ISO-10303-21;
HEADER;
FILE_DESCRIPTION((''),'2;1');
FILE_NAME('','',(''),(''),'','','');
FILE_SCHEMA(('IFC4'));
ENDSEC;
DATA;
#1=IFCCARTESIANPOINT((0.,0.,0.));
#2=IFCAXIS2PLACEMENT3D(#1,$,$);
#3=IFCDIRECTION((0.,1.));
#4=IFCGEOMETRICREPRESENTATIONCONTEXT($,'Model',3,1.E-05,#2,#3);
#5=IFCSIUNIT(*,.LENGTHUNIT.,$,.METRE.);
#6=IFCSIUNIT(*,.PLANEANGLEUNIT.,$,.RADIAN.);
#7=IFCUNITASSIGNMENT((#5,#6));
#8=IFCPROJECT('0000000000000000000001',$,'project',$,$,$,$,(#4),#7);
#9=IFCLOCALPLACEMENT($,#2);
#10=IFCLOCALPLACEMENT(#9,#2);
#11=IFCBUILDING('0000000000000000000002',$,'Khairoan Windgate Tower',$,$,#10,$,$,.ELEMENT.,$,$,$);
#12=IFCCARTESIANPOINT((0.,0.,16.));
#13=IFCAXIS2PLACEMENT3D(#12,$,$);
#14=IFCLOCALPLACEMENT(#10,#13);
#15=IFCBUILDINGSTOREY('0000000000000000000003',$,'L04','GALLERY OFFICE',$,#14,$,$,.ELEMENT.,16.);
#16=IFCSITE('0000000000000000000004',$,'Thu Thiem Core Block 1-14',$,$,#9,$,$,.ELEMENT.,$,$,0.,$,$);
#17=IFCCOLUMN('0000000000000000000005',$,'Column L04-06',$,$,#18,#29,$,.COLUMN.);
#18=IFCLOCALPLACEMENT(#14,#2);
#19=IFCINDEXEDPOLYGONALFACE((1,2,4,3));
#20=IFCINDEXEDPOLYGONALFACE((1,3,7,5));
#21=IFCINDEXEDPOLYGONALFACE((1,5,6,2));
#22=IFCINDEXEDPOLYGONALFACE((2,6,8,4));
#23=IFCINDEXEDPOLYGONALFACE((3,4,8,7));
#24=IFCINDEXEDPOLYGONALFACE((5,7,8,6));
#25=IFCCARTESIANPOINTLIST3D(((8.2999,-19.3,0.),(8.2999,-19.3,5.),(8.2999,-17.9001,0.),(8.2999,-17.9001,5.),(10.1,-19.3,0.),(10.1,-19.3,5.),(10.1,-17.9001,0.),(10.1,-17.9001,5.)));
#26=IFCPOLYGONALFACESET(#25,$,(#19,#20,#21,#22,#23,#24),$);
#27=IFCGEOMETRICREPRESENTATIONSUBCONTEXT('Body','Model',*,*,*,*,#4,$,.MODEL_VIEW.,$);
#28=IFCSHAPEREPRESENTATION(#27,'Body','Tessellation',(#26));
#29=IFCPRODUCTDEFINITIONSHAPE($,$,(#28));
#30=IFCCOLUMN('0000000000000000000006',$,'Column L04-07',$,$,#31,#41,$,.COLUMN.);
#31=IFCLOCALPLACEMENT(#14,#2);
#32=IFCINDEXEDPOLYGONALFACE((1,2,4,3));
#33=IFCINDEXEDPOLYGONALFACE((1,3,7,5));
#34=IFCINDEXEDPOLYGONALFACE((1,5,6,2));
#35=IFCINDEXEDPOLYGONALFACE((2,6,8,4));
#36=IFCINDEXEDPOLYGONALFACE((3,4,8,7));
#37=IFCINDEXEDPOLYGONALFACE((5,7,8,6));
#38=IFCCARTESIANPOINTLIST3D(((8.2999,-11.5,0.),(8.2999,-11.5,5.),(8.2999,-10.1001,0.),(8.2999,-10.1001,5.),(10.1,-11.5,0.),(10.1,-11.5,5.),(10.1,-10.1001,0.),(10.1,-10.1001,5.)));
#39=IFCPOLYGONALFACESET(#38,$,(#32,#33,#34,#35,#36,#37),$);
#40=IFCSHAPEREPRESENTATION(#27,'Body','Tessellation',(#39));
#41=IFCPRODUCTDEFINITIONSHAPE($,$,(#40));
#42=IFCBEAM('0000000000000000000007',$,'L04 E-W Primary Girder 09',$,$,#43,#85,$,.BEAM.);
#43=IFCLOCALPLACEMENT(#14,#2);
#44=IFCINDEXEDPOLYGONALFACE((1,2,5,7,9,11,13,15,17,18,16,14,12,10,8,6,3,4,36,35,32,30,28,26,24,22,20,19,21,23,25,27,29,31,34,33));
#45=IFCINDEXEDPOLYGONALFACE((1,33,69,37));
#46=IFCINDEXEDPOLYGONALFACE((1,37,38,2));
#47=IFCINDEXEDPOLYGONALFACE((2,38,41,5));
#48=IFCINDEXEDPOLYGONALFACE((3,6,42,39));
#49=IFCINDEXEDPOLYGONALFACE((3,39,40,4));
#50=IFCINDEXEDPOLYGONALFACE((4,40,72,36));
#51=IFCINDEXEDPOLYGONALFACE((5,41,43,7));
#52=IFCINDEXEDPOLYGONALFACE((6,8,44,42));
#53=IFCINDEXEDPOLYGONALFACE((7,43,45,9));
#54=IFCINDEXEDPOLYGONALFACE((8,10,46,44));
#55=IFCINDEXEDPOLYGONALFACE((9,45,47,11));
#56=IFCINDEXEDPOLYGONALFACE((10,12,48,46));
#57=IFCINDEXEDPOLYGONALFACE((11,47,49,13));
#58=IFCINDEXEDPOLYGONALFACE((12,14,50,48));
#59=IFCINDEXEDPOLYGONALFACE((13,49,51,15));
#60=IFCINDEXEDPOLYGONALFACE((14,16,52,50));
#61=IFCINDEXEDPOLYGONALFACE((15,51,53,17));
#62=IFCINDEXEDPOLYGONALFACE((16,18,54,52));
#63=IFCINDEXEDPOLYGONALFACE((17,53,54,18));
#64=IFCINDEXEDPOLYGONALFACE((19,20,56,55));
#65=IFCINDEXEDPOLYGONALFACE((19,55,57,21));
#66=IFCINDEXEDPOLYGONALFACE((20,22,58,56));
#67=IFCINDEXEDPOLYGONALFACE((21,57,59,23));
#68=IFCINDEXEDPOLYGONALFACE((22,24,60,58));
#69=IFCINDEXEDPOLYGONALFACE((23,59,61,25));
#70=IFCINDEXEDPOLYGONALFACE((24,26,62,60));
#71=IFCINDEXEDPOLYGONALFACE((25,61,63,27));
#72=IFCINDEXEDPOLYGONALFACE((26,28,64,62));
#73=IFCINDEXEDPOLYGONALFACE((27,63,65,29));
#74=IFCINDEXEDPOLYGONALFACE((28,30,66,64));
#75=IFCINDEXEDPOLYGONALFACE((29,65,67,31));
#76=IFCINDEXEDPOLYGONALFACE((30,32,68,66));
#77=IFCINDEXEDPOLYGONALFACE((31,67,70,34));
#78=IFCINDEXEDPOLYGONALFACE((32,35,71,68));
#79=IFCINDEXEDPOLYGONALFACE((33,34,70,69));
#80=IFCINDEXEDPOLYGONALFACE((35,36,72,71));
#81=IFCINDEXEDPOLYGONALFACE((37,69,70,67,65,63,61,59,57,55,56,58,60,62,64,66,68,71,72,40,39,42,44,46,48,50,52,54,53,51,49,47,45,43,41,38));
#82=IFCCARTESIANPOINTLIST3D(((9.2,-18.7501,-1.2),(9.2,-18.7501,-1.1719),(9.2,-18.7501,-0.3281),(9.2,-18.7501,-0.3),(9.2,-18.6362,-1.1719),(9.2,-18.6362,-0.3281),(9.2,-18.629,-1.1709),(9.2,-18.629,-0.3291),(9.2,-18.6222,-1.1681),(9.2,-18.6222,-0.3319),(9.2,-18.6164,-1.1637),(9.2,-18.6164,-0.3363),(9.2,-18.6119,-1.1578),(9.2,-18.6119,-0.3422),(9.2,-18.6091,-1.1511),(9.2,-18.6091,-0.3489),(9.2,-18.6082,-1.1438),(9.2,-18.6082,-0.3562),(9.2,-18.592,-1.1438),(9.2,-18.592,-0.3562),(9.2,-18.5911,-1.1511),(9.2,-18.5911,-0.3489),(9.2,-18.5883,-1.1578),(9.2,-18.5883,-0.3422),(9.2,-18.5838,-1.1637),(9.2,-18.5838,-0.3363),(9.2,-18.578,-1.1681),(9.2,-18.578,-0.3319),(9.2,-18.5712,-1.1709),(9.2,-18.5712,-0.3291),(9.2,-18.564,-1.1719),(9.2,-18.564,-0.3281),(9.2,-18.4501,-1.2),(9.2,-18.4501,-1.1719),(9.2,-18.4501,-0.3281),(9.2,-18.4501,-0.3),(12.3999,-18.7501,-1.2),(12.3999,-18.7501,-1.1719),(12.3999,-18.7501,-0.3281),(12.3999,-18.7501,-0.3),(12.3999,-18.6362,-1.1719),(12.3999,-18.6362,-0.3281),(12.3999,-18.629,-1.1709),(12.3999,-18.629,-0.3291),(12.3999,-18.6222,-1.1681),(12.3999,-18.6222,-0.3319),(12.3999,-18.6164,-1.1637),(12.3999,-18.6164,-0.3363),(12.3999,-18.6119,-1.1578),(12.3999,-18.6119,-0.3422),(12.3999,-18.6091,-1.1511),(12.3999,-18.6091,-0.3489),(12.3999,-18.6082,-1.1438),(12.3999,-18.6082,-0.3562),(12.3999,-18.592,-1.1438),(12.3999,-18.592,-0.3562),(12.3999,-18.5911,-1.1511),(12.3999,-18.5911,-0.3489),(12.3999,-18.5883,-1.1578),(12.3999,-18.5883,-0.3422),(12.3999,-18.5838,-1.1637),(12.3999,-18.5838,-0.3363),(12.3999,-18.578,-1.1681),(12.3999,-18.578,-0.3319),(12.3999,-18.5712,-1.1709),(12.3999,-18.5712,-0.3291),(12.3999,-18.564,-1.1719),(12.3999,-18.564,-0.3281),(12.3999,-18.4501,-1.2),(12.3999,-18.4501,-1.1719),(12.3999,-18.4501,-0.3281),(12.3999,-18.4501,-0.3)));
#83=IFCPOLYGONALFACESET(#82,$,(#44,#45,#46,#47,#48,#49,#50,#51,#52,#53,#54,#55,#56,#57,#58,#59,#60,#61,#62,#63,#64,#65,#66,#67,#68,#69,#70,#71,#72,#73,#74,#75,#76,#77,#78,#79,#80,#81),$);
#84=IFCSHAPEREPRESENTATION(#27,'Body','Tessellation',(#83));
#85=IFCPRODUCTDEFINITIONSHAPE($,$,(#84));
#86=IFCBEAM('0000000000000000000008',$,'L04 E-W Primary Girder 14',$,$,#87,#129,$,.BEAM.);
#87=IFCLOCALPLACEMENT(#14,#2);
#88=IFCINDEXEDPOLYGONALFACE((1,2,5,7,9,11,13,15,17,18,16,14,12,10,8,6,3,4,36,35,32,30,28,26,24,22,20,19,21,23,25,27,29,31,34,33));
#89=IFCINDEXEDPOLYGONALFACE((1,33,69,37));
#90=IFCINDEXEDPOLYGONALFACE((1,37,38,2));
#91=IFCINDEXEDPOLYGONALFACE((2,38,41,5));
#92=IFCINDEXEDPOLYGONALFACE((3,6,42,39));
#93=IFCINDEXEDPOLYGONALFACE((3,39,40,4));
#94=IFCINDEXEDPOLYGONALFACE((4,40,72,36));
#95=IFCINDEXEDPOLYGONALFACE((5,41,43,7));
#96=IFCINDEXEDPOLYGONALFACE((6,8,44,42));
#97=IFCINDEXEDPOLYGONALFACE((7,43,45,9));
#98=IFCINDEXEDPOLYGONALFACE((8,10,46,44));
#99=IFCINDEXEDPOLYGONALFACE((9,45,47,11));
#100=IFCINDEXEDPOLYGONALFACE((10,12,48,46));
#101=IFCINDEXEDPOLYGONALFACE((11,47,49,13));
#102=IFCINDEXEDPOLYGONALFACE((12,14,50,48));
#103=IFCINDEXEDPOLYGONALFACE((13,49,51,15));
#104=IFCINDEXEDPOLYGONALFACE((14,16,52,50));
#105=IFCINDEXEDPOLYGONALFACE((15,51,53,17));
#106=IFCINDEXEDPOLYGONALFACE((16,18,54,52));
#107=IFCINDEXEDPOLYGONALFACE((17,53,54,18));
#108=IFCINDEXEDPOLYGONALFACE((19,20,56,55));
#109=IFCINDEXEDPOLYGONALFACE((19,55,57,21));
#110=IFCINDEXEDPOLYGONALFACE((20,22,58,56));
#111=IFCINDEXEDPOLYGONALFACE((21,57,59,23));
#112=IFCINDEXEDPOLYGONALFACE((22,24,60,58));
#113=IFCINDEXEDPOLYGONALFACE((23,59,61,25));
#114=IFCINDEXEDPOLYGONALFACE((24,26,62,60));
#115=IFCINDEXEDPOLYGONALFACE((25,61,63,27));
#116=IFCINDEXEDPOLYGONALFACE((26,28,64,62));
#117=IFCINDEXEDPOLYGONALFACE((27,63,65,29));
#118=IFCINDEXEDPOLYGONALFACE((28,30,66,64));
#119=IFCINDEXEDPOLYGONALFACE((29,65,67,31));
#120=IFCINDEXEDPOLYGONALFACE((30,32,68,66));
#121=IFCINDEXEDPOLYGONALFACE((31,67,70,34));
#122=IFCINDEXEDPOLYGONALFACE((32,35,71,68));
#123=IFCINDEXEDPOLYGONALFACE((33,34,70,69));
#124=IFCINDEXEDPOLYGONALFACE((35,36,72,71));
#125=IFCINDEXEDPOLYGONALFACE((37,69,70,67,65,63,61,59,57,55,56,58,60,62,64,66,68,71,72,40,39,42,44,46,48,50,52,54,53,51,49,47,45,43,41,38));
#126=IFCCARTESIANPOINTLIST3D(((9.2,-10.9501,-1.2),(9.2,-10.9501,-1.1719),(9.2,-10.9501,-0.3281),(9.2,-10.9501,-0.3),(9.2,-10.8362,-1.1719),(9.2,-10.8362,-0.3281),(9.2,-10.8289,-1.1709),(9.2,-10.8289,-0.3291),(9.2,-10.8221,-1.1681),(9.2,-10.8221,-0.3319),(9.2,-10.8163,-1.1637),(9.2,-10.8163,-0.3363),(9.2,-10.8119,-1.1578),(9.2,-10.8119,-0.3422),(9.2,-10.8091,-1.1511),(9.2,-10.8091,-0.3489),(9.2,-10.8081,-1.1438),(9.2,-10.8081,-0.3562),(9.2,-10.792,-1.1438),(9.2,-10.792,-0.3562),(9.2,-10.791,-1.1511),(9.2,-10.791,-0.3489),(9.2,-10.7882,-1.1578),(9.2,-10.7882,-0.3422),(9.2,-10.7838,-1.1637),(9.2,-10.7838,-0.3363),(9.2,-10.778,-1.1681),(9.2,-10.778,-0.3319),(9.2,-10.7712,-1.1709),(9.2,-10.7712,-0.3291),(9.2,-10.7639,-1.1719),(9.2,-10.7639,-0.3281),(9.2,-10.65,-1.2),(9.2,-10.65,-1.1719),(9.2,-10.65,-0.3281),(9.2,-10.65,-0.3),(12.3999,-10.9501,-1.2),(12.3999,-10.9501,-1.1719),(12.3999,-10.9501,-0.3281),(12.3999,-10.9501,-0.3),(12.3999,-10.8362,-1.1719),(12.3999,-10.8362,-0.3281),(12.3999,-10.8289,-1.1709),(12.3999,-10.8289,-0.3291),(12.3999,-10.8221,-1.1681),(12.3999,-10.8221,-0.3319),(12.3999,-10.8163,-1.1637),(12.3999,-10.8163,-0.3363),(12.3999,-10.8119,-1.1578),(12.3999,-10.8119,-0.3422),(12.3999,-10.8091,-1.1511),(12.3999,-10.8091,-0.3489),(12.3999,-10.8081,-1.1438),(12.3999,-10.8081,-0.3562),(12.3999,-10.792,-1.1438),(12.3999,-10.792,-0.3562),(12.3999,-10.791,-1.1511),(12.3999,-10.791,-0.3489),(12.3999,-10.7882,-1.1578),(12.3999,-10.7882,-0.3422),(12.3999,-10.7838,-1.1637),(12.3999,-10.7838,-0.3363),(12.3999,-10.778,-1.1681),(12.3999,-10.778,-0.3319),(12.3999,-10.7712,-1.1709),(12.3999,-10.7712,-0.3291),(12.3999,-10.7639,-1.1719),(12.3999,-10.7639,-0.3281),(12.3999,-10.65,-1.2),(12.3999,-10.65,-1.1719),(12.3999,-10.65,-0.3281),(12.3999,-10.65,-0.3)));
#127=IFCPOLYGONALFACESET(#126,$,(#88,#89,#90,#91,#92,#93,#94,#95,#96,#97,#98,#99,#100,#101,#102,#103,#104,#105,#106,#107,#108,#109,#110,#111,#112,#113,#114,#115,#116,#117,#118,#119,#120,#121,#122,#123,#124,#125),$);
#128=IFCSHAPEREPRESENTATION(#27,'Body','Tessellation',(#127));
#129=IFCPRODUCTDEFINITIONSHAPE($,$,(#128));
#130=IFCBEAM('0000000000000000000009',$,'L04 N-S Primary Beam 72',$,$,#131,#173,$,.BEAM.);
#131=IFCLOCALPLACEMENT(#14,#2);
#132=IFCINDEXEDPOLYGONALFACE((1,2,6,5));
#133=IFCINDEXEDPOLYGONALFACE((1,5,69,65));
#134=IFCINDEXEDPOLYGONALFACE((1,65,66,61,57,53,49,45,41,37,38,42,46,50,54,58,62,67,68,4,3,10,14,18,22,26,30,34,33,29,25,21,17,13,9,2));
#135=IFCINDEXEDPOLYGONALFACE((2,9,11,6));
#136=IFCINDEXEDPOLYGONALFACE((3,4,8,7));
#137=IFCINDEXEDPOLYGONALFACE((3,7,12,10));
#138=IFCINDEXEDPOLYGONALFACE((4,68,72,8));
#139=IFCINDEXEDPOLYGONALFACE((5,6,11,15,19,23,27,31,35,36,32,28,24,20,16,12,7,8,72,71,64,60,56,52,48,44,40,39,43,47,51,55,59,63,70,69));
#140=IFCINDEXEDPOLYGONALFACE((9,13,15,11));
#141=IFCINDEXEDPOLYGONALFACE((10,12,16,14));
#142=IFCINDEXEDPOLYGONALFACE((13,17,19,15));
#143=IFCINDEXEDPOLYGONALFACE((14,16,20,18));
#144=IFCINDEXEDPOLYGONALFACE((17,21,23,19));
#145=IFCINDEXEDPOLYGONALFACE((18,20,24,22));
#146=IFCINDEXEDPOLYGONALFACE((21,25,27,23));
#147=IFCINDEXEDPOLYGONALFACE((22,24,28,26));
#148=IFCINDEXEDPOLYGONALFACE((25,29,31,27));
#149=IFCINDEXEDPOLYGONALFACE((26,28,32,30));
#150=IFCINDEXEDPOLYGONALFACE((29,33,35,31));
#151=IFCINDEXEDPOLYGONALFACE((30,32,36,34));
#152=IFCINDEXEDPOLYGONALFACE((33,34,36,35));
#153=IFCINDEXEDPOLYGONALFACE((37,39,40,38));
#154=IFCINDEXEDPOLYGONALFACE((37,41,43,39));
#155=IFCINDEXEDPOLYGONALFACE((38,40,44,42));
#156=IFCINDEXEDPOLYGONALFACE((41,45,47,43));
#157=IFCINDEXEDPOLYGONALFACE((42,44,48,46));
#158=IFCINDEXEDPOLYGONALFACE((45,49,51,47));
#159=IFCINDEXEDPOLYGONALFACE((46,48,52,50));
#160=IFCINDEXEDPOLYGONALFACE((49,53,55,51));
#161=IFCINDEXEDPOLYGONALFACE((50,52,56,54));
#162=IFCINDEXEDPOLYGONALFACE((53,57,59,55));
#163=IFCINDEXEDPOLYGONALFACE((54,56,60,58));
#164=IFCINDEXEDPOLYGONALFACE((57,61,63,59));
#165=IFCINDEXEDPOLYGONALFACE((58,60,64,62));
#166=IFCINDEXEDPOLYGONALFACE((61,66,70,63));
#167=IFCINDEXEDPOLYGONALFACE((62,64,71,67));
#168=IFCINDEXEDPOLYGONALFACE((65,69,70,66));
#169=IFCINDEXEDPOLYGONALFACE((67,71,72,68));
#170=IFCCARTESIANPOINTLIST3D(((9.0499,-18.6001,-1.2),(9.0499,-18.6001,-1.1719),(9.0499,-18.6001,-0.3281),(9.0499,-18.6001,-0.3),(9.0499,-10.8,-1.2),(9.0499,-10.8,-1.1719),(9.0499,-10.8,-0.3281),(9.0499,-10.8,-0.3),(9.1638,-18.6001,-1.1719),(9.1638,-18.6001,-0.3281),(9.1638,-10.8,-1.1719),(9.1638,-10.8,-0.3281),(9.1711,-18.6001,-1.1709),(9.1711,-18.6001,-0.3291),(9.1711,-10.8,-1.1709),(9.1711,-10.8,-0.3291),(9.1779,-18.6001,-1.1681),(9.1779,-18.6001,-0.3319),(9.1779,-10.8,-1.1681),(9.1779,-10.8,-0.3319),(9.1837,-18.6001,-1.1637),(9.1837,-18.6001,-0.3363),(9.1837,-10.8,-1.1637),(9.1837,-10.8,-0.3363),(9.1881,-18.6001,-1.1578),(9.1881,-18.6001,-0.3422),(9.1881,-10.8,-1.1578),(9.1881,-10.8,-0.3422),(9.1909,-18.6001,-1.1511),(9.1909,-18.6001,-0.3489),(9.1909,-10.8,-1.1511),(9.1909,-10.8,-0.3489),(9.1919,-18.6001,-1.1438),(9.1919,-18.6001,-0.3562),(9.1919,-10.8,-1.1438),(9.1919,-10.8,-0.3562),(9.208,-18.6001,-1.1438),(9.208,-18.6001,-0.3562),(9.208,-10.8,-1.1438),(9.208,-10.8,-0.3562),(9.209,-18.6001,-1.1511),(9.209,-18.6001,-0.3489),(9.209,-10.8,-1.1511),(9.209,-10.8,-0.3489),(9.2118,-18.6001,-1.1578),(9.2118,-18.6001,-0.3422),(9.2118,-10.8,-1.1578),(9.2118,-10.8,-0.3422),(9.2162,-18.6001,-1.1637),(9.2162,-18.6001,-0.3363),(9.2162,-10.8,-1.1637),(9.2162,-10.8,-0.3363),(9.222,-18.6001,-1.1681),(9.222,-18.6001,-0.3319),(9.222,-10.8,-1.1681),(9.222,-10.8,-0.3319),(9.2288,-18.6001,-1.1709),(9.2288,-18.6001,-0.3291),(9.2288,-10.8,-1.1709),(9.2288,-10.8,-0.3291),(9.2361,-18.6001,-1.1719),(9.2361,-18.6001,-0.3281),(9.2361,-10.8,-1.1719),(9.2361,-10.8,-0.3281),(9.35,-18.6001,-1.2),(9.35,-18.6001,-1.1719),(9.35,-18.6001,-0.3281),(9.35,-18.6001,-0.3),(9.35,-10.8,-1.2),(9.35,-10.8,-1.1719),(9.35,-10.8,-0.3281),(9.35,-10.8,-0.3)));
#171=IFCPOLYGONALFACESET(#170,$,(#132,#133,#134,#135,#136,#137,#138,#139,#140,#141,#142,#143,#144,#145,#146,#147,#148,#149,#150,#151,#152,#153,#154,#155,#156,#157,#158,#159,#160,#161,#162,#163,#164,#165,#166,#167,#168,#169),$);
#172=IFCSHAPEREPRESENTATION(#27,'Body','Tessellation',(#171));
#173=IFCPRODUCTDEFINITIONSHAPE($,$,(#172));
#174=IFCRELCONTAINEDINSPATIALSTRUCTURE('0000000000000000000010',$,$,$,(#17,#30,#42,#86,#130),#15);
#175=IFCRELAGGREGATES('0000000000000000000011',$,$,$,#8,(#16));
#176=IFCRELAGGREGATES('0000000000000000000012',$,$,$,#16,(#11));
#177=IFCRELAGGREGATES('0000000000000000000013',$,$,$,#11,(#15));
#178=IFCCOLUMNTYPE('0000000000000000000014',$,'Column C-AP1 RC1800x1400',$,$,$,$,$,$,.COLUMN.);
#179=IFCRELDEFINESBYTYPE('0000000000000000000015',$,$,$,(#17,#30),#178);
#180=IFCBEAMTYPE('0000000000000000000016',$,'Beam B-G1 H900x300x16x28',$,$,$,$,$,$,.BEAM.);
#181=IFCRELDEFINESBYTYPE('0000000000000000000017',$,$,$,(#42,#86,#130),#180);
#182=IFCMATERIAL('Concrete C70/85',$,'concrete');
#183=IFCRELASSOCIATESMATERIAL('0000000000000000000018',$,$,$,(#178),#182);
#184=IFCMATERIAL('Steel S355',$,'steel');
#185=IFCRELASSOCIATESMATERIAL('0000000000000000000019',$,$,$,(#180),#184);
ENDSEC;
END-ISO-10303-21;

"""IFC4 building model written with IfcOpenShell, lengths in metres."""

from ifc_helpers import new_model, si_unit, direction, frame, origin, origin_2d, place, context, subcontext, project, spatial, rectangle, i_section, extrude, material, material_profile, profile_set, type_object, element, save


model = new_model("IFC4")

# Units and contexts
model_context = context("Model", 3, precision=1e-05, world=origin(), true_north=direction((0.0, 1.0)))
body_context = subcontext(model_context, "Body", "Model", "MODEL_VIEW")
ifc_project = project(units=[si_unit("LENGTHUNIT", "METRE"), si_unit("PLANEANGLEUNIT", "RADIAN")], contexts=[model_context])

# Site, building, storey
site_placement = place(None, origin())
site = spatial("IfcSite", under=ifc_project, at=site_placement, Name="Thu Thiem Core Block 1-14", CompositionType="ELEMENT", RefElevation=0.0)
building_placement = place(site_placement, origin())
building = spatial("IfcBuilding", under=site, at=building_placement, Name="Khairoan Windgate Tower", CompositionType="ELEMENT")
storey_placement = place(building_placement, frame((0.0, 0.0, 16.0)))
storey = spatial("IfcBuildingStorey", under=building, at=storey_placement, Name="L04", Description="GALLERY OFFICE", CompositionType="ELEMENT", Elevation=16.0)

# Columns
ifc_material_1 = material(Name="Concrete C70/85", Category="concrete")
ifc_material_profile_1 = material_profile(ifc_material_1, rectangle(XDim=1.8, YDim=1.3999, at=origin_2d()))
ifc_profile_set_1 = profile_set([ifc_material_profile_1], Name="Concrete C70/85")
column_type = type_object("IfcColumnType", Name="Column C-AP1 RC1800x1400", PredefinedType="COLUMN", material=ifc_profile_set_1)
for number, where, z_axis, x_axis, name in (
    (1, (9.2, -18.6001, 0.0), (0.0, 0.0, 1.0), (1.0, 0.0, 0.0), "Column L04-06"),
    (2, (9.2, -10.8, 0.0), (0.0, 0.0, 1.0), (1.0, 0.0, 0.0), "Column L04-07"),
):
    element("IfcColumn", number, at=place(storey_placement, frame(where, z_axis=z_axis, x_axis=x_axis)), inside=storey, type_object=column_type, Name=name, PredefinedType="COLUMN", context=body_context, shape_type="SweptSolid", body=[
        extrude(rectangle(XDim=1.8, YDim=1.3999, at=origin_2d()), origin(), (0.0, 0.0, 1.0), 5.0),
    ])

# Beams
ifc_material_2 = material(Name="Steel S355", Category="steel")
ifc_material_profile_2 = material_profile(ifc_material_2, i_section(OverallWidth=0.3, OverallDepth=0.8999, WebThickness=0.0161, FlangeThickness=0.0281, FilletRadius=0.0281, at=origin_2d()))
ifc_profile_set_2 = profile_set([ifc_material_profile_2], Name="Steel S355")
beam_type = type_object("IfcBeamType", Name="Beam B-G1 H900x300x16x28", PredefinedType="BEAM", material=ifc_profile_set_2)
for number, where, z_axis, x_axis, name in (
    (3, (9.2, -18.6001, -0.75), (1.0, 0.0, 0.0), (0.0, 1.0, 0.0), "L04 E-W Primary Girder 09"),
    (4, (9.2, -10.8, -0.75), (1.0, 0.0, 0.0), (0.0, 1.0, 0.0), "L04 E-W Primary Girder 14"),
):
    element("IfcBeam", number, at=place(storey_placement, frame(where, z_axis=z_axis, x_axis=x_axis)), inside=storey, type_object=beam_type, Name=name, PredefinedType="BEAM", context=body_context, shape_type="SweptSolid", body=[
        extrude(i_section(OverallWidth=0.3, OverallDepth=0.8999, WebThickness=0.0161, FlangeThickness=0.0281, FilletRadius=0.0281, at=origin_2d()), origin(), (0.0, 0.0, 1.0), 3.2),
    ])
beam_1_placement = place(storey_placement, frame((9.2, -18.6001, -0.75), z_axis=(0.0, 1.0, 0.0), x_axis=(-1.0, 0.0, 0.0)))
element("IfcBeam", 5, at=beam_1_placement, inside=storey, type_object=beam_type, Name="L04 N-S Primary Beam 72", PredefinedType="BEAM", context=body_context, shape_type="SweptSolid", body=[
    extrude(i_section(OverallWidth=0.3, OverallDepth=0.8999, WebThickness=0.0161, FlangeThickness=0.0281, FilletRadius=0.0281, at=origin_2d()), origin(), (0.0, 0.0, 1.0), 7.8),
])

save(model, "model.ifc")
